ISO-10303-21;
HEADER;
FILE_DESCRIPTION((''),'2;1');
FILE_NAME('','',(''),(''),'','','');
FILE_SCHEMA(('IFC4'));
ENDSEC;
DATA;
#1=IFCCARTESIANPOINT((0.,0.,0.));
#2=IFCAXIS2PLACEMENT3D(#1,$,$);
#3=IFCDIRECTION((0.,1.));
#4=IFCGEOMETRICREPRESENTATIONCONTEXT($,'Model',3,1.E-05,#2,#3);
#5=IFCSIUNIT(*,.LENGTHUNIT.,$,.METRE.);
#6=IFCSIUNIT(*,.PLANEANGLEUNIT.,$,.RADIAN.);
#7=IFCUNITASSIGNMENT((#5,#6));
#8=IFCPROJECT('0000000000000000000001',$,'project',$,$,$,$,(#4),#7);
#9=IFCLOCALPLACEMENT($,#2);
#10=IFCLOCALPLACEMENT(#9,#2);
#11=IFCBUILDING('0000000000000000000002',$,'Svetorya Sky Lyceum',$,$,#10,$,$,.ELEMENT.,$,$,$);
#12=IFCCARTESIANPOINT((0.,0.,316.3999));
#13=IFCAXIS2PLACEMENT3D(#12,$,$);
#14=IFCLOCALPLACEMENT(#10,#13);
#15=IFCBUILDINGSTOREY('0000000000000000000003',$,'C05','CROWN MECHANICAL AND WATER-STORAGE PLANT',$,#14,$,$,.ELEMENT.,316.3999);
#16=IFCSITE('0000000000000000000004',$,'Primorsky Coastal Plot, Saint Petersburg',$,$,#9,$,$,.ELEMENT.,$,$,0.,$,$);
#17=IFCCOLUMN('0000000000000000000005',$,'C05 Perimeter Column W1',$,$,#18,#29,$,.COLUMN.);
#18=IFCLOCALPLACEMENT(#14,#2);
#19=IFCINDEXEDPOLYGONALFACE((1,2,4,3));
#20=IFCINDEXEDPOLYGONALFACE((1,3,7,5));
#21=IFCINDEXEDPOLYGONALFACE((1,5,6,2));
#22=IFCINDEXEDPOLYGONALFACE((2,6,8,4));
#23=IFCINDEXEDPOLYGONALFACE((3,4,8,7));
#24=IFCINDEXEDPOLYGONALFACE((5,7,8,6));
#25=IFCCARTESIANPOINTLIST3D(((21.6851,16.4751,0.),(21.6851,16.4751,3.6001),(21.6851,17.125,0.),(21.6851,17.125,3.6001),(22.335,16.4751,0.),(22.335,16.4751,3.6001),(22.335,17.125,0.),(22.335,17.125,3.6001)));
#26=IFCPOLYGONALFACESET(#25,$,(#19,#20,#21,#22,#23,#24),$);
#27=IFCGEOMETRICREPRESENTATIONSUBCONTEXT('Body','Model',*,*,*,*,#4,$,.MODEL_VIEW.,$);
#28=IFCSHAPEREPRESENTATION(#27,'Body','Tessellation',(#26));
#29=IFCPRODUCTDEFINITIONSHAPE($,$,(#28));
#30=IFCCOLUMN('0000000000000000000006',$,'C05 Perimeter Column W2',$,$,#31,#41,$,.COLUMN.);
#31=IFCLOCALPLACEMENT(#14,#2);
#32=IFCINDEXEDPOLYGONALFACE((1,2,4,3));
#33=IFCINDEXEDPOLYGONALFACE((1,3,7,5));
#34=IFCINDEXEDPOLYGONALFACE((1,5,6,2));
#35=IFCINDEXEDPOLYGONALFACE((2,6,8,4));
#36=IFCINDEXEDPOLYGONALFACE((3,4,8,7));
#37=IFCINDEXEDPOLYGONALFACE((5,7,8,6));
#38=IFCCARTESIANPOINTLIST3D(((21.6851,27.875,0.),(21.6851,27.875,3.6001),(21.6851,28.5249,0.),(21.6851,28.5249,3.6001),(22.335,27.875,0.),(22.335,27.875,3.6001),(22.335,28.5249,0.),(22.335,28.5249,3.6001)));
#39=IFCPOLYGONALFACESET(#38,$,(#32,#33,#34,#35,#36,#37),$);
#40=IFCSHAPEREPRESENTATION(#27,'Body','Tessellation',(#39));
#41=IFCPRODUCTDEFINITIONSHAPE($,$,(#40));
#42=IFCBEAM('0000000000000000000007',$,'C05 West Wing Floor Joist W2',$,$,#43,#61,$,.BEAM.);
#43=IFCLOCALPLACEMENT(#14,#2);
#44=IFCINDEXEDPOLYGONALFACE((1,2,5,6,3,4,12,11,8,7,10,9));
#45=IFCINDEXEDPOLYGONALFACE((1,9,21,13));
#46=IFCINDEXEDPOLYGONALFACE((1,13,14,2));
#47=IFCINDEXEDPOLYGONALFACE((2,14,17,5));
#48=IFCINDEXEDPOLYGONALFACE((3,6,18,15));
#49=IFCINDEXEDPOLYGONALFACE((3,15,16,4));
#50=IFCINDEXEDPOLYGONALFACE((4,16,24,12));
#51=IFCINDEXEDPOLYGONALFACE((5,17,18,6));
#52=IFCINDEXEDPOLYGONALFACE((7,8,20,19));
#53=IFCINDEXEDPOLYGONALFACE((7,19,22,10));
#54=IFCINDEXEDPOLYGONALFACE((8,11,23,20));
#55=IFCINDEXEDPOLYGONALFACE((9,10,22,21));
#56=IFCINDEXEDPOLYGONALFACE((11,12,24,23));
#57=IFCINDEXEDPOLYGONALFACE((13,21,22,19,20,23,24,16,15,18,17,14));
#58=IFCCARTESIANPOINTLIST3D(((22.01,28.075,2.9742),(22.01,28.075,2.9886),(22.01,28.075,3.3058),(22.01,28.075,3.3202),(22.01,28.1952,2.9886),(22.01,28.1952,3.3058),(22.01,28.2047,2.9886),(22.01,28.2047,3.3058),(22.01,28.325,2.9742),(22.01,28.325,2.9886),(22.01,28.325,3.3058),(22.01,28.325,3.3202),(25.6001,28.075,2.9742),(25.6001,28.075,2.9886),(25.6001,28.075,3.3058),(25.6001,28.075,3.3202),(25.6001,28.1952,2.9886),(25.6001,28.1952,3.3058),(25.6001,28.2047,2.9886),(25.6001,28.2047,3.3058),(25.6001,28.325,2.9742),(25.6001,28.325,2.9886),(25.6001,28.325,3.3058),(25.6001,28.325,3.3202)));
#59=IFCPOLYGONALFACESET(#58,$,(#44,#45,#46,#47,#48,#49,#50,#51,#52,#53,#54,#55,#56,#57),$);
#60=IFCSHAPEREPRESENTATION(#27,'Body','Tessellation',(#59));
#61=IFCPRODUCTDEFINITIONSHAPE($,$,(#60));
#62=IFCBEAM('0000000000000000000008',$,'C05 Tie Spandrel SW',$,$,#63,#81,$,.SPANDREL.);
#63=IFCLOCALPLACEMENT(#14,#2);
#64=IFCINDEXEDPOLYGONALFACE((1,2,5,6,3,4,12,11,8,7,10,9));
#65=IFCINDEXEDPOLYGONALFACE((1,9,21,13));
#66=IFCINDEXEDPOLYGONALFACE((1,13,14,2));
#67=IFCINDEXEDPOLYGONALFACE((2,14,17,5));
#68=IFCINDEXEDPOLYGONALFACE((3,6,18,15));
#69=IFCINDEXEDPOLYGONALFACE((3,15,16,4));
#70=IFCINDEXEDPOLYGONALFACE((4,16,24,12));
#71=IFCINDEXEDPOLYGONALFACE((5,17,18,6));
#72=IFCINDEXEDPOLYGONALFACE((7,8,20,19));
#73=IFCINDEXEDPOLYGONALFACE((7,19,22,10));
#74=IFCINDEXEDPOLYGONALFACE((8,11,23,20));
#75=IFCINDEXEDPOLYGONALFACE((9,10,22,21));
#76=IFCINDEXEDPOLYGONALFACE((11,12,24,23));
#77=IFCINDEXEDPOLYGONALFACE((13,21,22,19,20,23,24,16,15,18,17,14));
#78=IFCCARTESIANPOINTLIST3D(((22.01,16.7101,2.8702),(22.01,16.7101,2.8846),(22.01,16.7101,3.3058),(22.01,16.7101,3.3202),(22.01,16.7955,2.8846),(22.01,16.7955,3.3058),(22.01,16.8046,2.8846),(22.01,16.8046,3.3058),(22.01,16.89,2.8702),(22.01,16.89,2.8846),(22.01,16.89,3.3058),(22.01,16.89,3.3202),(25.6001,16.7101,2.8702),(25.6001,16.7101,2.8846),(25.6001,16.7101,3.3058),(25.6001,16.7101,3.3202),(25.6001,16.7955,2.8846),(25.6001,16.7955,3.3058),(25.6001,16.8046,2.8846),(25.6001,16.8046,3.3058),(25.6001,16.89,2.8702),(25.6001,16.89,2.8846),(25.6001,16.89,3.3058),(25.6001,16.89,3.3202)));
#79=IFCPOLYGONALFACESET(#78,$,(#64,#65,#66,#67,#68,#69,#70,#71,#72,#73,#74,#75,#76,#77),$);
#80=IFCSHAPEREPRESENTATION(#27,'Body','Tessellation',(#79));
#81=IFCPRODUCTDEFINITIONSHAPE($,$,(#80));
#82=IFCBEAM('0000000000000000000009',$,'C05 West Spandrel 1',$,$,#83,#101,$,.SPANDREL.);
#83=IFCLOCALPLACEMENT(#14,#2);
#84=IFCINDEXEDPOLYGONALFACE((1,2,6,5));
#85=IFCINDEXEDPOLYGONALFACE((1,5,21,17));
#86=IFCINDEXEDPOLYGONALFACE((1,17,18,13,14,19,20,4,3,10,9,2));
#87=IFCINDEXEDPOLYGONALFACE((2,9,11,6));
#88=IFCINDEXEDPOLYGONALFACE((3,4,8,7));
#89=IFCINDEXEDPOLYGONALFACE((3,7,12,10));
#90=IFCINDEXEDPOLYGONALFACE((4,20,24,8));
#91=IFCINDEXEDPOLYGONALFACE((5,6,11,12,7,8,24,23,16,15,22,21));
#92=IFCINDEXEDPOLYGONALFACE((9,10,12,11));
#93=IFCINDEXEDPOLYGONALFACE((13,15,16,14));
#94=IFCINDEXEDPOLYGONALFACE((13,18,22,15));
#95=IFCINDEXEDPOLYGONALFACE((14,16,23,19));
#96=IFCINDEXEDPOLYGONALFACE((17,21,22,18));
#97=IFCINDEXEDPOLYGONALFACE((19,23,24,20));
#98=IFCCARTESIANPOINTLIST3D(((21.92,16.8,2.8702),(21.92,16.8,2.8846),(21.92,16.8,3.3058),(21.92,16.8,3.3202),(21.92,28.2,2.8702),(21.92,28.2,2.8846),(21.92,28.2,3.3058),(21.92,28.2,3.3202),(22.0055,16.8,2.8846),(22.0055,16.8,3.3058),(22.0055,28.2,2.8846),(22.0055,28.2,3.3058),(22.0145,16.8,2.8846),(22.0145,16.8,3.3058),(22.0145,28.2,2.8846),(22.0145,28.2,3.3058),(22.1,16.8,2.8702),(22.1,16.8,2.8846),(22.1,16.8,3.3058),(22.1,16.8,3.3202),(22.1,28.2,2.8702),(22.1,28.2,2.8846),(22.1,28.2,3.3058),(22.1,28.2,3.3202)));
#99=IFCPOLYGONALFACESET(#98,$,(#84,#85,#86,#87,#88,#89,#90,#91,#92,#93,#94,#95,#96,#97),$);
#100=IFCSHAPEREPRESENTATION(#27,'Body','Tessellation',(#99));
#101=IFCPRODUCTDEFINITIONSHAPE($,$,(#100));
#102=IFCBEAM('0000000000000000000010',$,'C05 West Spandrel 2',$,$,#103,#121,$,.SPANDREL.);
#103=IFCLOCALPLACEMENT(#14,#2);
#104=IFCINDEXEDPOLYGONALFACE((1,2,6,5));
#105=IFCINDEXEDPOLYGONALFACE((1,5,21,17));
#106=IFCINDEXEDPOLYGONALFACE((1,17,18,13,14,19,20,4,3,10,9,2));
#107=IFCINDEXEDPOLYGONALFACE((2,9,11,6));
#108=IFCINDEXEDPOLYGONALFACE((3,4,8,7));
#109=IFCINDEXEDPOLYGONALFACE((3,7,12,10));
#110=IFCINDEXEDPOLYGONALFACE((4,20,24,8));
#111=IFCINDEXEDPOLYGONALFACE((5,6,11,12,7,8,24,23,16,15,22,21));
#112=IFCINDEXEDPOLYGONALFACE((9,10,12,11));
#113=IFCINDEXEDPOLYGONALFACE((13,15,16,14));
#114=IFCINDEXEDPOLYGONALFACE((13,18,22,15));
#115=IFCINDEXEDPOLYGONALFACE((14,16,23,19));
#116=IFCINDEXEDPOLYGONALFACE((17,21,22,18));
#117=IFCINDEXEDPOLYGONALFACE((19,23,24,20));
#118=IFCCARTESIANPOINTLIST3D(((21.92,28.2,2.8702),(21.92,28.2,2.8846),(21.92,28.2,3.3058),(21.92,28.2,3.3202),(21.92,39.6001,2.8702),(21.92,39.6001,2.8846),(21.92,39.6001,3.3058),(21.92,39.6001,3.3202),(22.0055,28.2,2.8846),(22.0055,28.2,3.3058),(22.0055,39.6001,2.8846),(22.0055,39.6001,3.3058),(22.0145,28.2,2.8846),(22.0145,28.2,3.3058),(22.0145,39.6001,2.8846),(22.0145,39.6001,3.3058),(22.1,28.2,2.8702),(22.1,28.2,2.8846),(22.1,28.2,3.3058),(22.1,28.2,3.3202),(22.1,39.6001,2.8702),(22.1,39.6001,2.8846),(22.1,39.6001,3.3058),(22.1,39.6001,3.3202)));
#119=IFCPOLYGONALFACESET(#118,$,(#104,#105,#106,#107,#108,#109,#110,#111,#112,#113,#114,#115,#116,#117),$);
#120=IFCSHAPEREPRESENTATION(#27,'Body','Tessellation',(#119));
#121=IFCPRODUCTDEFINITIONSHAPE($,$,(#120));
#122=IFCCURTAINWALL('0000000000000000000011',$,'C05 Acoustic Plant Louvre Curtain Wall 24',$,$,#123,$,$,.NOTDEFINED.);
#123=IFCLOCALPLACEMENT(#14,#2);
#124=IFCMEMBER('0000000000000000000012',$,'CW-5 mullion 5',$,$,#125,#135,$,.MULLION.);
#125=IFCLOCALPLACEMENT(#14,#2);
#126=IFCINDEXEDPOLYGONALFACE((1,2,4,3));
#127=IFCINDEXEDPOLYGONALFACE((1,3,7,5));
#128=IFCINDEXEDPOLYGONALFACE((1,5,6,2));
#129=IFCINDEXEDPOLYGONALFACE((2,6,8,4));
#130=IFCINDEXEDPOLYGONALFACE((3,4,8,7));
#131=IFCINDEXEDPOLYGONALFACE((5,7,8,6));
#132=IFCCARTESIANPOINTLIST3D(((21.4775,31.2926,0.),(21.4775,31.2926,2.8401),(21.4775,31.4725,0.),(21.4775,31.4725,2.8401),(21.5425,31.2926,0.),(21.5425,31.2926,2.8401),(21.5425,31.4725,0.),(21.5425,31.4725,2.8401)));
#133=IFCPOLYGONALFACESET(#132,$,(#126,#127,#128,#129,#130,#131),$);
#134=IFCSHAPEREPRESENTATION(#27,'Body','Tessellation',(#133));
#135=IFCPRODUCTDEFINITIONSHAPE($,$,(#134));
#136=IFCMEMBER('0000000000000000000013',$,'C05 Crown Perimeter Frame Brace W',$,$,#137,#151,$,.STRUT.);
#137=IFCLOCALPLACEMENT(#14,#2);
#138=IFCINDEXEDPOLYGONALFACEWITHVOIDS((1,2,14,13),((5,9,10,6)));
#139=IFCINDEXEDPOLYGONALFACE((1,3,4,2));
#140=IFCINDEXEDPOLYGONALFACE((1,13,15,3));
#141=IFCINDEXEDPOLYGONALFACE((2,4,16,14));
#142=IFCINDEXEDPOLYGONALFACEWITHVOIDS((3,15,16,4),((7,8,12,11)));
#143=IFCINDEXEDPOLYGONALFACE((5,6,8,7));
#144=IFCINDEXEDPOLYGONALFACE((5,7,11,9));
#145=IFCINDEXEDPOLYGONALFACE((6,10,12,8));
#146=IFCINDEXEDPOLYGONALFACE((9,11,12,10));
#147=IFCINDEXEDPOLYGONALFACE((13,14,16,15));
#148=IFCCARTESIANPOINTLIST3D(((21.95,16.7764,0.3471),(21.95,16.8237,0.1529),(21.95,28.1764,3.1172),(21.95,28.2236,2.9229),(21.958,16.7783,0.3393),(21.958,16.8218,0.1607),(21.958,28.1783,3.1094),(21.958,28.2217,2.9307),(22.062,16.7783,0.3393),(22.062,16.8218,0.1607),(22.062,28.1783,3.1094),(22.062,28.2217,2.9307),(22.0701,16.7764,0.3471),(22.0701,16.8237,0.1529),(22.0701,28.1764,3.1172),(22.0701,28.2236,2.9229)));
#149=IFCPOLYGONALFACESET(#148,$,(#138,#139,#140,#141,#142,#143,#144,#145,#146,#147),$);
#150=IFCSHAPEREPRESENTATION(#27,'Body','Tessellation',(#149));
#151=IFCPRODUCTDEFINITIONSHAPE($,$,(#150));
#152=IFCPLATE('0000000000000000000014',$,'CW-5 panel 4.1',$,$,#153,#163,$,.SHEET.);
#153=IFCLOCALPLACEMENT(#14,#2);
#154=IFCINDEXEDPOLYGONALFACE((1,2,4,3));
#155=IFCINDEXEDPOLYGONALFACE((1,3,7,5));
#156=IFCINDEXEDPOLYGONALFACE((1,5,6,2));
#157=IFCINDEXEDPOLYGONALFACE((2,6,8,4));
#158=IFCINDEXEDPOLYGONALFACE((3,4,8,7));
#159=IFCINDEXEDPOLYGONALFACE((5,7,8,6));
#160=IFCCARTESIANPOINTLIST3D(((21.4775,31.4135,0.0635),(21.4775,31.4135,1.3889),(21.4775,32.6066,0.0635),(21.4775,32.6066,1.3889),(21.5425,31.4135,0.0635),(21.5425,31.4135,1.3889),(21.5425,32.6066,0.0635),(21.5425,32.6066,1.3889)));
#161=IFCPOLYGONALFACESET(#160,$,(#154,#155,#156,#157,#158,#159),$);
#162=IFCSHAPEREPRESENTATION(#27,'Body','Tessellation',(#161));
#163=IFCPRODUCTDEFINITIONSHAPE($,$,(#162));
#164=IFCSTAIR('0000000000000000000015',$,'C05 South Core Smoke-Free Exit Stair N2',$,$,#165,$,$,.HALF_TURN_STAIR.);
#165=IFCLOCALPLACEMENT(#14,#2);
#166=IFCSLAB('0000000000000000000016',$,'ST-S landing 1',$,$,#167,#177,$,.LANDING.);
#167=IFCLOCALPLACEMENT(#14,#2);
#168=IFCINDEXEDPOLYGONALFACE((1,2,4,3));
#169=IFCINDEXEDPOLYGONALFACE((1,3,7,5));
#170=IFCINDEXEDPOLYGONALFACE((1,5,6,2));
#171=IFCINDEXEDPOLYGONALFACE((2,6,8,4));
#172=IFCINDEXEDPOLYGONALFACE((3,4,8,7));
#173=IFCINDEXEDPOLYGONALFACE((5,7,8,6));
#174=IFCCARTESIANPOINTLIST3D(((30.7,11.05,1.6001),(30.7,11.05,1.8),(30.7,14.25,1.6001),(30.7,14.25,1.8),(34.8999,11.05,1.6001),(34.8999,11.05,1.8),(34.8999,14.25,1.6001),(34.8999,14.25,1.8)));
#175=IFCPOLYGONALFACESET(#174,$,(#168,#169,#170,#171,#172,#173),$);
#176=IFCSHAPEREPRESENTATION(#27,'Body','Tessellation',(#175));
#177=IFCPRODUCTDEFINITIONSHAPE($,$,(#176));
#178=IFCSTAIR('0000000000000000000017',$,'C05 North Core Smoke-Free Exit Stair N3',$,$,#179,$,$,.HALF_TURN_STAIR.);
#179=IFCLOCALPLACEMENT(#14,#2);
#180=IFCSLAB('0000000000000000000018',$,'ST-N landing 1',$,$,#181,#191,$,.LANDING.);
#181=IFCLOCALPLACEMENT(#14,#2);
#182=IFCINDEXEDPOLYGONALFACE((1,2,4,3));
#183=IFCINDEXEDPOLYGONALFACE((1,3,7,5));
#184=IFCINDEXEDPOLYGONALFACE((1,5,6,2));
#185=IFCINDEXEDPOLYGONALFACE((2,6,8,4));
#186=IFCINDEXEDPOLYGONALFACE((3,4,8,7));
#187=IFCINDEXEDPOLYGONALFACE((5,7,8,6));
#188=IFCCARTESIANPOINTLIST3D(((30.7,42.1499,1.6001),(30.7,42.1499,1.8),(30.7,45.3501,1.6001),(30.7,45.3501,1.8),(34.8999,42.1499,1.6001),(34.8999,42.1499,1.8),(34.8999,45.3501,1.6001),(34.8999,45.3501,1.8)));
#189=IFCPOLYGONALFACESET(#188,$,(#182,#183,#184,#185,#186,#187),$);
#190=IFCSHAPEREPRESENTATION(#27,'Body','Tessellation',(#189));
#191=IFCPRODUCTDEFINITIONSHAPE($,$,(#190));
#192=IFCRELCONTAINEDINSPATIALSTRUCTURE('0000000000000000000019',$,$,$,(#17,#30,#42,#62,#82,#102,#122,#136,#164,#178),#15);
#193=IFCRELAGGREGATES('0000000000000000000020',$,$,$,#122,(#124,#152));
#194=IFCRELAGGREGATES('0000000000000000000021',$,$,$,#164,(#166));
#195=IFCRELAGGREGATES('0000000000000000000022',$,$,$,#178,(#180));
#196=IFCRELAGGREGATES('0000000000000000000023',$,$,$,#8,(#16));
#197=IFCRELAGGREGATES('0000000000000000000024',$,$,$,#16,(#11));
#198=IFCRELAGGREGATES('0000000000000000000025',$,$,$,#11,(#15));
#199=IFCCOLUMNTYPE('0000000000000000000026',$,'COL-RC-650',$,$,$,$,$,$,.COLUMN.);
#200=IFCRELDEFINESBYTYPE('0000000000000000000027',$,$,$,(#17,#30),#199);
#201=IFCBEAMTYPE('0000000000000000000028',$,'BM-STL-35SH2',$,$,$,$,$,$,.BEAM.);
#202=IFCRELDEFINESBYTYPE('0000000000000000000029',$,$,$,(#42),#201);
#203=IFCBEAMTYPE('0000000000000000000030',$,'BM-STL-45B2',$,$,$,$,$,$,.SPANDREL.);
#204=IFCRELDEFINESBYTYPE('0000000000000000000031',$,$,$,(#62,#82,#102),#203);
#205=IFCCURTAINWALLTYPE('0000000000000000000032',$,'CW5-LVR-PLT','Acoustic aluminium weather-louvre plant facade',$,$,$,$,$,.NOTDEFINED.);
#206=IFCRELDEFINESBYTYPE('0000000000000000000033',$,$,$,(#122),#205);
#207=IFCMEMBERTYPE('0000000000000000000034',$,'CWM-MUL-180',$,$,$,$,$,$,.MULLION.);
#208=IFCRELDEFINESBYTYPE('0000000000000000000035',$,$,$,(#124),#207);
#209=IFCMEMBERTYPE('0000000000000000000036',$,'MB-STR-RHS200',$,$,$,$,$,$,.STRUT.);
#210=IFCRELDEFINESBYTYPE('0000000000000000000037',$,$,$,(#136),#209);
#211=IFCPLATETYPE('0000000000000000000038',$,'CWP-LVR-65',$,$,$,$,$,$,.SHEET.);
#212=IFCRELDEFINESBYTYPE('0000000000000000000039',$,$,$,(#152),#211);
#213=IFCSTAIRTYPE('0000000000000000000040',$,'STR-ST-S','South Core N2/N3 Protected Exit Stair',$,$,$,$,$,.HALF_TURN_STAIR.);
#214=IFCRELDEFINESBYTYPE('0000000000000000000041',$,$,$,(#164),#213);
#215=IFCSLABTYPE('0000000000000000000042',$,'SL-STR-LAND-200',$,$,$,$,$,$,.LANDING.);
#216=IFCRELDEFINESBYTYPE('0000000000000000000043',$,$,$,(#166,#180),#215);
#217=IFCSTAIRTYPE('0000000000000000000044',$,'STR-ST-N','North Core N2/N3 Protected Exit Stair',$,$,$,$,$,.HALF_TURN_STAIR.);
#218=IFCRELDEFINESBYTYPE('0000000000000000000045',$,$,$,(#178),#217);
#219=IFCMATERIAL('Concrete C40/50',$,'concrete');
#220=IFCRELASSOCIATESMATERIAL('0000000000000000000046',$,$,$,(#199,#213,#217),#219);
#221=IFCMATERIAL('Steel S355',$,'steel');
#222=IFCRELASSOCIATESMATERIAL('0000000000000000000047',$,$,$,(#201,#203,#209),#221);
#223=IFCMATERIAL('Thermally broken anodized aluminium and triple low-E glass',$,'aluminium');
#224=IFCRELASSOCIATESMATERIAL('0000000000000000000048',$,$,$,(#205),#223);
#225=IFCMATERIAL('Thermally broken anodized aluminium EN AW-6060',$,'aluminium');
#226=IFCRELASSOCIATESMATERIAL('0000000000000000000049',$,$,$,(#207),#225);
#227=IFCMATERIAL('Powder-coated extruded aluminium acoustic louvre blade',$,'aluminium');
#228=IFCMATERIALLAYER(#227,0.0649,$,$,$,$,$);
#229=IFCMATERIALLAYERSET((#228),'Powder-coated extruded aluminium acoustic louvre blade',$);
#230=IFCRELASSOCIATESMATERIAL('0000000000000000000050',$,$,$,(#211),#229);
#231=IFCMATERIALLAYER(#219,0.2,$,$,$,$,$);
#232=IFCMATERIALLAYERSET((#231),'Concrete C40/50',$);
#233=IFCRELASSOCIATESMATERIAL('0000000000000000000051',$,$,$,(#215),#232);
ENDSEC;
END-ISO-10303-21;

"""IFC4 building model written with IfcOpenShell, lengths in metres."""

from ifc_helpers import new_model, si_unit, direction, frame, origin, origin_2d, place, context, subcontext, project, spatial, polyline, rectangle, hollow_rectangle, i_section, outline, extrude, material, layer, layer_set, material_profile, profile_set, type_object, element, aggregate, save


model = new_model("IFC4")

# Units and contexts
model_context = context("Model", 3, precision=1e-05, world=origin(), true_north=direction((0.0, 1.0)))
body_context = subcontext(model_context, "Body", "Model", "MODEL_VIEW")
ifc_project = project(units=[si_unit("LENGTHUNIT", "METRE"), si_unit("PLANEANGLEUNIT", "RADIAN")], contexts=[model_context])

# Site, building, storey
site_placement = place(None, origin())
site = spatial("IfcSite", under=ifc_project, at=site_placement, Name="Primorsky Coastal Plot, Saint Petersburg", CompositionType="ELEMENT", RefElevation=0.0)
building_placement = place(site_placement, origin())
building = spatial("IfcBuilding", under=site, at=building_placement, Name="Svetorya Sky Lyceum", CompositionType="ELEMENT")
storey_placement = place(building_placement, frame((0.0, 0.0, 316.3999)))
storey = spatial("IfcBuildingStorey", under=building, at=storey_placement, Name="C05", Description="CROWN MECHANICAL AND WATER-STORAGE PLANT", CompositionType="ELEMENT", Elevation=316.3999)

# Columns
ifc_material_1 = material(Name="Concrete C40/50", Category="concrete")
ifc_material_profile_1 = material_profile(ifc_material_1, rectangle(XDim=0.6499, YDim=0.6499, at=origin_2d()), Name="RC COL 650x650")
ifc_profile_set_1 = profile_set([ifc_material_profile_1], Name="Concrete C40/50")
column_type = type_object("IfcColumnType", Name="COL-RC-650", PredefinedType="COLUMN", material=ifc_profile_set_1)
for number, where, z_axis, x_axis, name in (
    (1, (22.01, 16.8, 0.0), (0.0, 0.0, 1.0), (1.0, 0.0, 0.0), "C05 Perimeter Column W1"),
    (2, (22.01, 28.2, 0.0), (0.0, 0.0, 1.0), (1.0, 0.0, 0.0), "C05 Perimeter Column W2"),
):
    element("IfcColumn", number, at=place(storey_placement, frame(where, z_axis=z_axis, x_axis=x_axis)), inside=storey, type_object=column_type, Name=name, PredefinedType="COLUMN", context=body_context, shape_type="SweptSolid", body=[
        extrude(rectangle(XDim=0.6499, YDim=0.6499, at=origin_2d()), origin(), (0.0, 0.0, 1.0), 3.6001),
    ])

# Beams
ifc_material_2 = material(Name="Steel S355", Category="steel")
ifc_material_profile_2 = material_profile(ifc_material_2, i_section(OverallWidth=0.25, OverallDepth=0.3459, WebThickness=0.0095, FlangeThickness=0.0144, at=origin_2d()), Name="GOST 35Sh2")
ifc_profile_set_2 = profile_set([ifc_material_profile_2], Name="Steel S355")
beam_type_1 = type_object("IfcBeamType", Name="BM-STL-35SH2", PredefinedType="BEAM", material=ifc_profile_set_2)
beam_1_placement = place(storey_placement, frame((22.01, 28.2, 3.1472), z_axis=(1.0, 0.0, 0.0), x_axis=(0.0, 1.0, 0.0)))
element("IfcBeam", 3, at=beam_1_placement, inside=storey, type_object=beam_type_1, Name="C05 West Wing Floor Joist W2", PredefinedType="BEAM", context=body_context, shape_type="SweptSolid", body=[
    extrude(i_section(OverallWidth=0.25, OverallDepth=0.3459, WebThickness=0.0095, FlangeThickness=0.0144, at=origin_2d()), origin(), (0.0, 0.0, 1.0), 3.5901),
])
ifc_material_profile_3 = material_profile(ifc_material_2, i_section(OverallWidth=0.1799, OverallDepth=0.45, WebThickness=0.009, FlangeThickness=0.0144, at=origin_2d()), Name="GOST 45B2")
ifc_profile_set_3 = profile_set([ifc_material_profile_3], Name="Steel S355")
beam_type_2 = type_object("IfcBeamType", Name="BM-STL-45B2", PredefinedType="SPANDREL", material=ifc_profile_set_3)
beam_2_placement = place(storey_placement, frame((22.01, 16.8, 3.0952), z_axis=(1.0, 0.0, 0.0), x_axis=(0.0, 1.0, 0.0)))
element("IfcBeam", 4, at=beam_2_placement, inside=storey, type_object=beam_type_2, Name="C05 Tie Spandrel SW", PredefinedType="SPANDREL", context=body_context, shape_type="SweptSolid", body=[
    extrude(i_section(OverallWidth=0.1799, OverallDepth=0.45, WebThickness=0.009, FlangeThickness=0.0144, at=origin_2d()), origin(), (0.0, 0.0, 1.0), 3.5901),
])
beam_3_placement = place(storey_placement, frame((22.01, 16.8, 3.0952), z_axis=(0.0, 1.0, 0.0), x_axis=(-1.0, 0.0, 0.0)))
element("IfcBeam", 5, at=beam_3_placement, inside=storey, type_object=beam_type_2, Name="C05 West Spandrel 1", PredefinedType="SPANDREL", context=body_context, shape_type="SweptSolid", body=[
    extrude(i_section(OverallWidth=0.1799, OverallDepth=0.45, WebThickness=0.009, FlangeThickness=0.0144, at=origin_2d()), origin(), (0.0, 0.0, 1.0), 11.3999),
])
beam_4_placement = place(storey_placement, frame((22.01, 28.2, 3.0952), z_axis=(0.0, 1.0, 0.0), x_axis=(-1.0, 0.0, 0.0)))
element("IfcBeam", 6, at=beam_4_placement, inside=storey, type_object=beam_type_2, Name="C05 West Spandrel 2", PredefinedType="SPANDREL", context=body_context, shape_type="SweptSolid", body=[
    extrude(i_section(OverallWidth=0.1799, OverallDepth=0.45, WebThickness=0.009, FlangeThickness=0.0144, at=origin_2d()), origin(), (0.0, 0.0, 1.0), 11.4001),
])

# Curtain wall, member
ifc_material_3 = material(Name="Thermally broken anodized aluminium and triple low-E glass", Category="aluminium")
curtain_wall_type = type_object("IfcCurtainWallType", Name="CW5-LVR-PLT", Description="Acoustic aluminium weather-louvre plant facade", PredefinedType="NOTDEFINED", material=ifc_material_3)
curtain_wall_placement = place(storey_placement, origin())
curtain_wall = element("IfcCurtainWall", 7, at=curtain_wall_placement, inside=storey, type_object=curtain_wall_type, Name="C05 Acoustic Plant Louvre Curtain Wall 24", PredefinedType="NOTDEFINED")
ifc_material_4 = material(Name="Thermally broken anodized aluminium EN AW-6060", Category="aluminium")
ifc_material_profile_4 = material_profile(ifc_material_4, rectangle(XDim=0.0649, YDim=0.1799, at=origin_2d()), Name="ALU MULLION 65x180")
ifc_profile_set_4 = profile_set([ifc_material_profile_4], Name="Thermally broken anodized aluminium EN AW-6060")
member_type_1 = type_object("IfcMemberType", Name="CWM-MUL-180", PredefinedType="MULLION", material=ifc_profile_set_4)
member_1_placement = place(storey_placement, frame((21.51, 31.3826, 0.0), z_axis=(0.0, 0.0, 1.0), x_axis=(1.0, 0.0, 0.0)))
member_1 = element("IfcMember", 8, at=member_1_placement, type_object=member_type_1, Name="CW-5 mullion 5", PredefinedType="MULLION", context=body_context, shape_type="SweptSolid", body=[
    extrude(rectangle(XDim=0.0649, YDim=0.1799, at=origin_2d()), origin(), (0.0, 0.0, 1.0), 2.8401),
])

# Member
ifc_material_profile_5 = material_profile(ifc_material_2, hollow_rectangle(XDim=0.1201, YDim=0.2, WallThickness=0.0081, at=origin_2d()), Name="RHS 200x120x8")
ifc_profile_set_5 = profile_set([ifc_material_profile_5], Name="Steel S355")
member_type_2 = type_object("IfcMemberType", Name="MB-STR-RHS200", PredefinedType="STRUT", material=ifc_profile_set_5)
member_2_placement = place(storey_placement, frame((22.01, 16.8, 0.25), z_axis=(0.0, 0.971725, 0.236116), x_axis=(-1.0, 0.0, 0.0)))
element("IfcMember", 9, at=member_2_placement, inside=storey, type_object=member_type_2, Name="C05 Crown Perimeter Frame Brace W", PredefinedType="STRUT", context=body_context, shape_type="SweptSolid", body=[
    extrude(hollow_rectangle(XDim=0.1201, YDim=0.2, WallThickness=0.0081, at=origin_2d()), origin(), (0.0, 0.0, 1.0), 11.7317),
])

# Plate
ifc_material_5 = material(Name="Powder-coated extruded aluminium acoustic louvre blade", Category="aluminium")
ifc_layer_1 = layer(ifc_material_5, 0.0649)
ifc_layer_set_1 = layer_set([ifc_layer_1], Name="Powder-coated extruded aluminium acoustic louvre blade")
plate_type = type_object("IfcPlateType", Name="CWP-LVR-65", PredefinedType="SHEET", material=ifc_layer_set_1)
plate_placement = place(storey_placement, frame((21.51, 32.01, 0.0635), z_axis=(0.0, 0.0, 1.0), x_axis=(0.0, -1.0, 0.0)))
plate = element("IfcPlate", 10, at=plate_placement, type_object=plate_type, Name="CW-5 panel 4.1", PredefinedType="SHEET", context=body_context, shape_type="SweptSolid", body=[
    extrude(rectangle(XDim=1.1931, YDim=0.0649, at=origin_2d()), origin(), (0.0, 0.0, 1.0), 1.3254),
])
aggregate(curtain_wall, [member_1, plate])

# Stairs, slabs
stair_type_1 = type_object("IfcStairType", Name="STR-ST-S", Description="South Core N2/N3 Protected Exit Stair", PredefinedType="HALF_TURN_STAIR", material=ifc_material_1)
stair_1_placement = place(storey_placement, origin())
stair_1 = element("IfcStair", 11, at=stair_1_placement, inside=storey, type_object=stair_type_1, Name="C05 South Core Smoke-Free Exit Stair N2", PredefinedType="HALF_TURN_STAIR")
ifc_layer_2 = layer(ifc_material_1, 0.2)
ifc_layer_set_2 = layer_set([ifc_layer_2], Name="Concrete C40/50")
slab_type_1 = type_object("IfcSlabType", Name="SL-STR-LAND-200", PredefinedType="LANDING", material=ifc_layer_set_2)
slab_1_placement = place(storey_placement, frame((0.0, 0.0, 1.6001)))
slab_1 = element("IfcSlab", 12, at=slab_1_placement, type_object=slab_type_1, Name="ST-S landing 1", PredefinedType="LANDING", context=body_context, shape_type="SweptSolid", body=[
    extrude(outline(polyline([(30.7, 11.05), (34.8999, 11.05), (34.8999, 14.25), (30.7, 14.25), (30.7, 11.05)])), origin(), (0.0, 0.0, 1.0), 0.2),
])
aggregate(stair_1, [slab_1])
stair_type_2 = type_object("IfcStairType", Name="STR-ST-N", Description="North Core N2/N3 Protected Exit Stair", PredefinedType="HALF_TURN_STAIR", material=ifc_material_1)
stair_2_placement = place(storey_placement, origin())
stair_2 = element("IfcStair", 13, at=stair_2_placement, inside=storey, type_object=stair_type_2, Name="C05 North Core Smoke-Free Exit Stair N3", PredefinedType="HALF_TURN_STAIR")
slab_2_placement = place(storey_placement, frame((0.0, 0.0, 1.6001)))
slab_2 = element("IfcSlab", 14, at=slab_2_placement, type_object=slab_type_1, Name="ST-N landing 1", PredefinedType="LANDING", context=body_context, shape_type="SweptSolid", body=[
    extrude(outline(polyline([(30.7, 42.1499), (34.8999, 42.1499), (34.8999, 45.3501), (30.7, 45.3501), (30.7, 42.1499)])), origin(), (0.0, 0.0, 1.0), 0.2),
])
aggregate(stair_2, [slab_2])

save(model, "model.ifc")
